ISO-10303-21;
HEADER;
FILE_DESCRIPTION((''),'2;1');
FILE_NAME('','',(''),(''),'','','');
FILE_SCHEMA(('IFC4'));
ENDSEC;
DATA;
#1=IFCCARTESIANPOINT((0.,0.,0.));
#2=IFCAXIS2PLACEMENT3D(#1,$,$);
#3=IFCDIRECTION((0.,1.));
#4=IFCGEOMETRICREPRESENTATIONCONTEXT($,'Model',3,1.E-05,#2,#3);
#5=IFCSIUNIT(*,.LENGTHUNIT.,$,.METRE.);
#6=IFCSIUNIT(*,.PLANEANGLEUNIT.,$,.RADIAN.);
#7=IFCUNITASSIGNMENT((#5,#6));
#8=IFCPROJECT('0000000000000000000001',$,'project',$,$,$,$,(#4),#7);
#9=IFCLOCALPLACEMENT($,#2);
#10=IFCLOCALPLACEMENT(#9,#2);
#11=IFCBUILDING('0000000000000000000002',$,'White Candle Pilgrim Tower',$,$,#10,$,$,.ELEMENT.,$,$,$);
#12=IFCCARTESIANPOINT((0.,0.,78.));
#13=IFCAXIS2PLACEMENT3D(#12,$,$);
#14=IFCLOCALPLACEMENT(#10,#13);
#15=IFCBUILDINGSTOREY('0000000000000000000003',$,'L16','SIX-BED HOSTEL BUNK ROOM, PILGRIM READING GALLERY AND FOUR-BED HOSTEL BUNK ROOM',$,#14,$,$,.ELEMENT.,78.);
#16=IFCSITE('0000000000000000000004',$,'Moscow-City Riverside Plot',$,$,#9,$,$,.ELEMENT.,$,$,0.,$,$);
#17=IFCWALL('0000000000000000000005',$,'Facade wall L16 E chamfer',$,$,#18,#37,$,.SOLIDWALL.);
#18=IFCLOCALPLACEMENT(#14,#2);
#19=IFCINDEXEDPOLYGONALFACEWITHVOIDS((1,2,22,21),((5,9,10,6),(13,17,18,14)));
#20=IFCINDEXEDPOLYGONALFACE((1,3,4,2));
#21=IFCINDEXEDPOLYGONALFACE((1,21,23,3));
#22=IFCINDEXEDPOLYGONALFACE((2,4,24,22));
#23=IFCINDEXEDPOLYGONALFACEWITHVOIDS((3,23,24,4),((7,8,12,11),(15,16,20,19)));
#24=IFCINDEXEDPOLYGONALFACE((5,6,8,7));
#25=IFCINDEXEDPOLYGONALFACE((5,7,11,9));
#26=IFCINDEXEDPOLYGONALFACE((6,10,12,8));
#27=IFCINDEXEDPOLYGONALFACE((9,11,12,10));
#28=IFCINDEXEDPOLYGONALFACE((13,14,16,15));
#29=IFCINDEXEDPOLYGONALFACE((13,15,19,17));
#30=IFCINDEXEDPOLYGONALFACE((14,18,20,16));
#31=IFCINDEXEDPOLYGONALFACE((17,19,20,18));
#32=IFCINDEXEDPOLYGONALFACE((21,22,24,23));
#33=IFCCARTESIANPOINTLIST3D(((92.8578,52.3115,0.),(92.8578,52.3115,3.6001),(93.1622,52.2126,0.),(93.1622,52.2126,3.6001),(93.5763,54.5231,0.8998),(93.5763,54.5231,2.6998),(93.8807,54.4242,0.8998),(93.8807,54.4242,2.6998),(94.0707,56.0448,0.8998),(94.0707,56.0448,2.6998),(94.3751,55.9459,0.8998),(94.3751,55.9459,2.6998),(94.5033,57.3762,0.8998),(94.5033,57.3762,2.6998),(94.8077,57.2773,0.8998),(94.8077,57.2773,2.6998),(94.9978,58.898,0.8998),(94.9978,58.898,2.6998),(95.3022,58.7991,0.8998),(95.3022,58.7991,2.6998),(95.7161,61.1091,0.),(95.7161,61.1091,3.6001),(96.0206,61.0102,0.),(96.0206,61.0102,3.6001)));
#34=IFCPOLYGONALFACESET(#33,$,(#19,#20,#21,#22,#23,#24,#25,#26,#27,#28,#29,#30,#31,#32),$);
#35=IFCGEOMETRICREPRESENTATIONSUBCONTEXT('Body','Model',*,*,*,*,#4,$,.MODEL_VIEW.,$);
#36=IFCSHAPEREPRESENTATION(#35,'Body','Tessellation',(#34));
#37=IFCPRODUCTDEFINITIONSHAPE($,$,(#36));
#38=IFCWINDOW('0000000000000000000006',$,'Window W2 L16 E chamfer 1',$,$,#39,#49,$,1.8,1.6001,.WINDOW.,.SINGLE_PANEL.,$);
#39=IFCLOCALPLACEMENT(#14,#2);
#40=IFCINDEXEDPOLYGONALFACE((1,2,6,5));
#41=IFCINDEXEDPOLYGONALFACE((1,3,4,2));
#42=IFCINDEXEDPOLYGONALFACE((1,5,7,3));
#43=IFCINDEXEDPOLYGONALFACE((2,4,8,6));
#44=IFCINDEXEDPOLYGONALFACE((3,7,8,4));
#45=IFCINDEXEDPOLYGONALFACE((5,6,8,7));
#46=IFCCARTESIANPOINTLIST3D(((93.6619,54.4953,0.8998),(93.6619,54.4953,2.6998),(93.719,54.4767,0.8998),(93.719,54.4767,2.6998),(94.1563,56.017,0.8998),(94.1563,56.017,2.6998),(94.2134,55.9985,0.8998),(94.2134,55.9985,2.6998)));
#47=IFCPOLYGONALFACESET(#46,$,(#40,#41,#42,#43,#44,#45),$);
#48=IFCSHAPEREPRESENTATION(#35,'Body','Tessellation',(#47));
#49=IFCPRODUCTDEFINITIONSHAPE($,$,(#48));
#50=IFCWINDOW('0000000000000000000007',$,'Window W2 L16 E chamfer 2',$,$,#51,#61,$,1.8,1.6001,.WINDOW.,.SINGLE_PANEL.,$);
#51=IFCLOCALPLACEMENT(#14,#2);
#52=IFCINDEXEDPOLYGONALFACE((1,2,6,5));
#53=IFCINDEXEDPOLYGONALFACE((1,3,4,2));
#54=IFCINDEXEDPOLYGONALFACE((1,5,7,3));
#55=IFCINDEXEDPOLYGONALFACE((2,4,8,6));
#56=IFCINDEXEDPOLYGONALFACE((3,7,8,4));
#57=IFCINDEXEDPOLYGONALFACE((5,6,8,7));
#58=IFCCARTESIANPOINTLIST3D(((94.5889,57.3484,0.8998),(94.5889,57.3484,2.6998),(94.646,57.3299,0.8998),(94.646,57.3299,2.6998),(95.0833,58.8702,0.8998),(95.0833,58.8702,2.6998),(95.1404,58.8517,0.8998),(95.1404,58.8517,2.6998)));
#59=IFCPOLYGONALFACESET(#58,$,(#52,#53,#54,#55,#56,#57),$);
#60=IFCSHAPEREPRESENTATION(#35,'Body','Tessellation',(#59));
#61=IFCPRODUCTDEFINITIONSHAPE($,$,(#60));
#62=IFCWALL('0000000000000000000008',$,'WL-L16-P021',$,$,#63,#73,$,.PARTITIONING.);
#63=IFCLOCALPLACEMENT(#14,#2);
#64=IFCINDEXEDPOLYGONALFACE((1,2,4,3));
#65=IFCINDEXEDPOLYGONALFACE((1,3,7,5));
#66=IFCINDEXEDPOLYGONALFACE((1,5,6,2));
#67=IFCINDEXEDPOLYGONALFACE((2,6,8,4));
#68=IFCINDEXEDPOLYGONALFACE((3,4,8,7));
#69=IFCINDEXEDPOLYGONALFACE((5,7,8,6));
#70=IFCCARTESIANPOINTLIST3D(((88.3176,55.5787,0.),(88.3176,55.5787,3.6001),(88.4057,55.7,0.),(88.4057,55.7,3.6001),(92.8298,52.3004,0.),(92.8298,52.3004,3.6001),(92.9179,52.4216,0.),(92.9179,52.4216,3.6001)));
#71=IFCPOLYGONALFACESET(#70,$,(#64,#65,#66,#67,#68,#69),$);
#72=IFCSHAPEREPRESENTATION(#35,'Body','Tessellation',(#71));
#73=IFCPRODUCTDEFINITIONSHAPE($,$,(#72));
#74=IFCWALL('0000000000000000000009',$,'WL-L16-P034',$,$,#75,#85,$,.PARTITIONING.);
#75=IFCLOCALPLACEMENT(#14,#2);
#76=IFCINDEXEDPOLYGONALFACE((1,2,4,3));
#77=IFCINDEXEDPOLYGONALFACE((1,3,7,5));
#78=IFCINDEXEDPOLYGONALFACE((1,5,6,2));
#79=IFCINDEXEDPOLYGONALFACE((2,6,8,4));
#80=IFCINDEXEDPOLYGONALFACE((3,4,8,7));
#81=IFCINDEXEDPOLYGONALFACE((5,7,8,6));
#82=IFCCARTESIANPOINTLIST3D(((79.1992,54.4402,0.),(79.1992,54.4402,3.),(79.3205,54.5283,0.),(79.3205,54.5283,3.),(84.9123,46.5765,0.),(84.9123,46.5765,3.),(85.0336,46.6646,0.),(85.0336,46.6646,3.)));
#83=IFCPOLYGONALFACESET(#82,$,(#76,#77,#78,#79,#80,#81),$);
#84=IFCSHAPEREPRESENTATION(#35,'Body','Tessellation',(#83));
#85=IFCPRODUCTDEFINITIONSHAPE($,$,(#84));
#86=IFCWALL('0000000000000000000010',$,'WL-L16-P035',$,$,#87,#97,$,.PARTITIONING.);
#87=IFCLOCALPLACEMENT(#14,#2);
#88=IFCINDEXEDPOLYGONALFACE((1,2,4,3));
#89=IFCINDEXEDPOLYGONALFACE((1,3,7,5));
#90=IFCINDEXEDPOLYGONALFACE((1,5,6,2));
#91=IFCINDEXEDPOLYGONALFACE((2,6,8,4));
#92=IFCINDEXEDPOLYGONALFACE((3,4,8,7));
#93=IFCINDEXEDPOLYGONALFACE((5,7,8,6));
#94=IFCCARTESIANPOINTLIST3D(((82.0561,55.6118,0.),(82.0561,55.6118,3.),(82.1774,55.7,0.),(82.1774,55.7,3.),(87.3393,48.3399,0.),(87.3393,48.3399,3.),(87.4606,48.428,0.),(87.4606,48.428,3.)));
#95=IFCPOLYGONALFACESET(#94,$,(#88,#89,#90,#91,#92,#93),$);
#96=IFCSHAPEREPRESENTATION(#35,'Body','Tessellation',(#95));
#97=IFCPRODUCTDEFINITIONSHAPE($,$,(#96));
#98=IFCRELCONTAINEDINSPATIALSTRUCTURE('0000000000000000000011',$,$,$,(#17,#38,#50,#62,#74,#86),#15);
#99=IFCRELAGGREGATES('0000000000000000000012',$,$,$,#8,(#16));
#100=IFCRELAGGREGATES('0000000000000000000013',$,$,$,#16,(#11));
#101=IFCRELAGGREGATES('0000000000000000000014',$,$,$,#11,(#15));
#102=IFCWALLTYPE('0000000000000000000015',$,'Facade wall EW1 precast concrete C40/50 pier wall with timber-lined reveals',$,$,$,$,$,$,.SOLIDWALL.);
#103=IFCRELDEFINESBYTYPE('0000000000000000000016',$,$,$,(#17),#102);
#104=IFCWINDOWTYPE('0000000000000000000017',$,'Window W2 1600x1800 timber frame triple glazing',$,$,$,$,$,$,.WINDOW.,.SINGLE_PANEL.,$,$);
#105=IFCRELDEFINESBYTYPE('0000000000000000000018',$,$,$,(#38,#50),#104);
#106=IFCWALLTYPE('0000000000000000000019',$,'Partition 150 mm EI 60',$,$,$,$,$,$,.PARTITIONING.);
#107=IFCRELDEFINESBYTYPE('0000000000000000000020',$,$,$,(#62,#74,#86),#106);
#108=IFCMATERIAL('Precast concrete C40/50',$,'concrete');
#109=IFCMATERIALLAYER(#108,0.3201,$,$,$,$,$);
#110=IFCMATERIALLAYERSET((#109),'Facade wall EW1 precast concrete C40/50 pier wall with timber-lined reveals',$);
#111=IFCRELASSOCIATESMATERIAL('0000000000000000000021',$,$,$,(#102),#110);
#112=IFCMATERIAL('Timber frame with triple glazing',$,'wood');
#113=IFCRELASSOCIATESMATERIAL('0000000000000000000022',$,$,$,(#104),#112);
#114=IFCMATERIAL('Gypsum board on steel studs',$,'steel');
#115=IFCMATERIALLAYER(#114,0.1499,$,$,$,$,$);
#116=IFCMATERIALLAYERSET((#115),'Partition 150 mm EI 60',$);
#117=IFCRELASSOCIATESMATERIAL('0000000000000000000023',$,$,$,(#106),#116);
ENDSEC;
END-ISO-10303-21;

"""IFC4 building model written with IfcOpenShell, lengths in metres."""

from ifc_helpers import new_model, si_unit, direction, frame, frame_2d, origin, place, context, subcontext, project, spatial, rectangle, extrude, material, layer, layer_set, type_object, element, fill, save


model = new_model("IFC4")

# Units and contexts
model_context = context("Model", 3, precision=1e-05, world=origin(), true_north=direction((0.0, 1.0)))
body_context = subcontext(model_context, "Body", "Model", "MODEL_VIEW")
ifc_project = project(units=[si_unit("LENGTHUNIT", "METRE"), si_unit("PLANEANGLEUNIT", "RADIAN")], contexts=[model_context])

# Site, building, storey
site_placement = place(None, origin())
site = spatial("IfcSite", under=ifc_project, at=site_placement, Name="Moscow-City Riverside Plot", CompositionType="ELEMENT", RefElevation=0.0)
building_placement = place(site_placement, origin())
building = spatial("IfcBuilding", under=site, at=building_placement, Name="White Candle Pilgrim Tower", CompositionType="ELEMENT")
storey_placement = place(building_placement, frame((0.0, 0.0, 78.0)))
storey = spatial("IfcBuildingStorey", under=building, at=storey_placement, Name="L16", Description="SIX-BED HOSTEL BUNK ROOM, PILGRIM READING GALLERY AND FOUR-BED HOSTEL BUNK ROOM", CompositionType="ELEMENT", Elevation=78.0)

# Shared definitions
ifc_material_1 = material(Name="Gypsum board on steel studs", Category="steel")

# Wall, openings, windows
ifc_material_2 = material(Name="Precast concrete C40/50", Category="concrete")
ifc_layer_1 = layer(ifc_material_2, 0.3201)
ifc_layer_set_1 = layer_set([ifc_layer_1], Name="Facade wall EW1 precast concrete C40/50 pier wall with timber-lined reveals")
wall_type_1 = type_object("IfcWallType", Name="Facade wall EW1 precast concrete C40/50 pier wall with timber-lined reveals", PredefinedType="SOLIDWALL", material=ifc_layer_set_1)
wall_1_placement = place(storey_placement, frame((93.01, 52.2622, 0.0), z_axis=(0.0, 0.0, 1.0), x_axis=(0.309006, 0.95106, 0.0)))
wall_1 = element("IfcWall", 1, at=wall_1_placement, inside=storey, type_object=wall_type_1, Name="Facade wall L16 E chamfer", PredefinedType="SOLIDWALL", context=body_context, shape_type="SweptSolid", body=[
    extrude(rectangle(XDim=9.2502, YDim=0.3201, at=frame_2d((4.625, 0.0))), origin(), (0.0, 0.0, 1.0), 3.6001),
])
opening_1_placement = place(wall_1_placement, frame((2.3252, 0.0, 0.8999)))
opening_1 = element("IfcOpeningElement", 2, at=opening_1_placement, cuts=wall_1, PredefinedType="OPENING", context=body_context, shape_type="SweptSolid", body=[
    extrude(rectangle(XDim=1.6001, YDim=1.8, at=frame_2d((0.8, 0.8999))), frame((0.0, 0.1699, 0.0), z_axis=(0.0, -1.0, 0.0), x_axis=(1.0, 0.0, 0.0)), (0.0, 0.0, 1.0), 0.3401),
])
opening_2_placement = place(wall_1_placement, frame((5.3252, 0.0, 0.8999)))
opening_2 = element("IfcOpeningElement", 3, at=opening_2_placement, cuts=wall_1, PredefinedType="OPENING", context=body_context, shape_type="SweptSolid", body=[
    extrude(rectangle(XDim=1.6001, YDim=1.8, at=frame_2d((0.8, 0.8999))), frame((0.0, 0.1699, 0.0), z_axis=(0.0, -1.0, 0.0), x_axis=(1.0, 0.0, 0.0)), (0.0, 0.0, 1.0), 0.3401),
])
ifc_material_3 = material(Name="Timber frame with triple glazing", Category="wood")
window_type = type_object("IfcWindowType", Name="Window W2 1600x1800 timber frame triple glazing", PartitioningType="SINGLE_PANEL", PredefinedType="WINDOW", material=ifc_material_3)
window_1_placement = place(opening_1_placement, origin())
window_1 = element("IfcWindow", 4, at=window_1_placement, inside=storey, type_object=window_type, Name="Window W2 L16 E chamfer 1", OverallHeight=1.8, OverallWidth=1.6001, PartitioningType="SINGLE_PANEL", PredefinedType="WINDOW", context=body_context, shape_type="SweptSolid", body=[
    extrude(rectangle(XDim=1.6001, YDim=1.8, at=frame_2d((0.8, 0.8999))), frame((0.0, 0.0701, 0.0), z_axis=(0.0, -1.0, 0.0), x_axis=(1.0, 0.0, 0.0)), (0.0, 0.0, 1.0), 0.0601),
])
fill(opening_1, window_1)
window_2_placement = place(opening_2_placement, origin())
window_2 = element("IfcWindow", 5, at=window_2_placement, inside=storey, type_object=window_type, Name="Window W2 L16 E chamfer 2", OverallHeight=1.8, OverallWidth=1.6001, PartitioningType="SINGLE_PANEL", PredefinedType="WINDOW", context=body_context, shape_type="SweptSolid", body=[
    extrude(rectangle(XDim=1.6001, YDim=1.8, at=frame_2d((0.8, 0.8999))), frame((0.0, 0.0701, 0.0), z_axis=(0.0, -1.0, 0.0), x_axis=(1.0, 0.0, 0.0)), (0.0, 0.0, 1.0), 0.0601),
])
fill(opening_2, window_2)

# Walls
ifc_layer_2 = layer(ifc_material_1, 0.1499)
ifc_layer_set_2 = layer_set([ifc_layer_2], Name="Partition 150 mm EI 60")
wall_type_2 = type_object("IfcWallType", Name="Partition 150 mm EI 60", PredefinedType="PARTITIONING", material=ifc_layer_set_2)
wall_2_placement = place(storey_placement, frame((92.8738, 52.3611, 0.0), z_axis=(0.0, 0.0, 1.0), x_axis=(-0.809016, 0.587786, 0.0)))
element("IfcWall", 6, at=wall_2_placement, inside=storey, type_object=wall_type_2, Name="WL-L16-P021", PredefinedType="PARTITIONING", context=body_context, shape_type="SweptSolid", body=[
    extrude(rectangle(XDim=5.5774, YDim=0.1499, at=frame_2d((2.7886, 0.0))), origin(), (0.0, 0.0, 1.0), 3.6001),
])
wall_3_placement = place(storey_placement, frame((84.9729, 46.6206, 0.0), z_axis=(0.0, 0.0, 1.0), x_axis=(-0.58777, 0.809028, 0.0)))
element("IfcWall", 7, at=wall_3_placement, inside=storey, type_object=wall_type_2, Name="WL-L16-P034", PredefinedType="PARTITIONING", context=body_context, shape_type="SweptSolid", body=[
    extrude(rectangle(XDim=9.72, YDim=0.1499, at=frame_2d((4.8599, 0.0))), origin(), (0.0, 0.0, 1.0), 3.0),
])
wall_4_placement = place(storey_placement, frame((87.3999, 48.384, 0.0), z_axis=(0.0, 0.0, 1.0), x_axis=(-0.587771, 0.809027, 0.0)))
element("IfcWall", 8, at=wall_4_placement, inside=storey, type_object=wall_type_2, Name="WL-L16-P035", PredefinedType="PARTITIONING", context=body_context, shape_type="SweptSolid", body=[
    extrude(rectangle(XDim=8.9885, YDim=0.1499, at=frame_2d((4.4941, 0.0))), origin(), (0.0, 0.0, 1.0), 3.0),
])

save(model, "model.ifc")
